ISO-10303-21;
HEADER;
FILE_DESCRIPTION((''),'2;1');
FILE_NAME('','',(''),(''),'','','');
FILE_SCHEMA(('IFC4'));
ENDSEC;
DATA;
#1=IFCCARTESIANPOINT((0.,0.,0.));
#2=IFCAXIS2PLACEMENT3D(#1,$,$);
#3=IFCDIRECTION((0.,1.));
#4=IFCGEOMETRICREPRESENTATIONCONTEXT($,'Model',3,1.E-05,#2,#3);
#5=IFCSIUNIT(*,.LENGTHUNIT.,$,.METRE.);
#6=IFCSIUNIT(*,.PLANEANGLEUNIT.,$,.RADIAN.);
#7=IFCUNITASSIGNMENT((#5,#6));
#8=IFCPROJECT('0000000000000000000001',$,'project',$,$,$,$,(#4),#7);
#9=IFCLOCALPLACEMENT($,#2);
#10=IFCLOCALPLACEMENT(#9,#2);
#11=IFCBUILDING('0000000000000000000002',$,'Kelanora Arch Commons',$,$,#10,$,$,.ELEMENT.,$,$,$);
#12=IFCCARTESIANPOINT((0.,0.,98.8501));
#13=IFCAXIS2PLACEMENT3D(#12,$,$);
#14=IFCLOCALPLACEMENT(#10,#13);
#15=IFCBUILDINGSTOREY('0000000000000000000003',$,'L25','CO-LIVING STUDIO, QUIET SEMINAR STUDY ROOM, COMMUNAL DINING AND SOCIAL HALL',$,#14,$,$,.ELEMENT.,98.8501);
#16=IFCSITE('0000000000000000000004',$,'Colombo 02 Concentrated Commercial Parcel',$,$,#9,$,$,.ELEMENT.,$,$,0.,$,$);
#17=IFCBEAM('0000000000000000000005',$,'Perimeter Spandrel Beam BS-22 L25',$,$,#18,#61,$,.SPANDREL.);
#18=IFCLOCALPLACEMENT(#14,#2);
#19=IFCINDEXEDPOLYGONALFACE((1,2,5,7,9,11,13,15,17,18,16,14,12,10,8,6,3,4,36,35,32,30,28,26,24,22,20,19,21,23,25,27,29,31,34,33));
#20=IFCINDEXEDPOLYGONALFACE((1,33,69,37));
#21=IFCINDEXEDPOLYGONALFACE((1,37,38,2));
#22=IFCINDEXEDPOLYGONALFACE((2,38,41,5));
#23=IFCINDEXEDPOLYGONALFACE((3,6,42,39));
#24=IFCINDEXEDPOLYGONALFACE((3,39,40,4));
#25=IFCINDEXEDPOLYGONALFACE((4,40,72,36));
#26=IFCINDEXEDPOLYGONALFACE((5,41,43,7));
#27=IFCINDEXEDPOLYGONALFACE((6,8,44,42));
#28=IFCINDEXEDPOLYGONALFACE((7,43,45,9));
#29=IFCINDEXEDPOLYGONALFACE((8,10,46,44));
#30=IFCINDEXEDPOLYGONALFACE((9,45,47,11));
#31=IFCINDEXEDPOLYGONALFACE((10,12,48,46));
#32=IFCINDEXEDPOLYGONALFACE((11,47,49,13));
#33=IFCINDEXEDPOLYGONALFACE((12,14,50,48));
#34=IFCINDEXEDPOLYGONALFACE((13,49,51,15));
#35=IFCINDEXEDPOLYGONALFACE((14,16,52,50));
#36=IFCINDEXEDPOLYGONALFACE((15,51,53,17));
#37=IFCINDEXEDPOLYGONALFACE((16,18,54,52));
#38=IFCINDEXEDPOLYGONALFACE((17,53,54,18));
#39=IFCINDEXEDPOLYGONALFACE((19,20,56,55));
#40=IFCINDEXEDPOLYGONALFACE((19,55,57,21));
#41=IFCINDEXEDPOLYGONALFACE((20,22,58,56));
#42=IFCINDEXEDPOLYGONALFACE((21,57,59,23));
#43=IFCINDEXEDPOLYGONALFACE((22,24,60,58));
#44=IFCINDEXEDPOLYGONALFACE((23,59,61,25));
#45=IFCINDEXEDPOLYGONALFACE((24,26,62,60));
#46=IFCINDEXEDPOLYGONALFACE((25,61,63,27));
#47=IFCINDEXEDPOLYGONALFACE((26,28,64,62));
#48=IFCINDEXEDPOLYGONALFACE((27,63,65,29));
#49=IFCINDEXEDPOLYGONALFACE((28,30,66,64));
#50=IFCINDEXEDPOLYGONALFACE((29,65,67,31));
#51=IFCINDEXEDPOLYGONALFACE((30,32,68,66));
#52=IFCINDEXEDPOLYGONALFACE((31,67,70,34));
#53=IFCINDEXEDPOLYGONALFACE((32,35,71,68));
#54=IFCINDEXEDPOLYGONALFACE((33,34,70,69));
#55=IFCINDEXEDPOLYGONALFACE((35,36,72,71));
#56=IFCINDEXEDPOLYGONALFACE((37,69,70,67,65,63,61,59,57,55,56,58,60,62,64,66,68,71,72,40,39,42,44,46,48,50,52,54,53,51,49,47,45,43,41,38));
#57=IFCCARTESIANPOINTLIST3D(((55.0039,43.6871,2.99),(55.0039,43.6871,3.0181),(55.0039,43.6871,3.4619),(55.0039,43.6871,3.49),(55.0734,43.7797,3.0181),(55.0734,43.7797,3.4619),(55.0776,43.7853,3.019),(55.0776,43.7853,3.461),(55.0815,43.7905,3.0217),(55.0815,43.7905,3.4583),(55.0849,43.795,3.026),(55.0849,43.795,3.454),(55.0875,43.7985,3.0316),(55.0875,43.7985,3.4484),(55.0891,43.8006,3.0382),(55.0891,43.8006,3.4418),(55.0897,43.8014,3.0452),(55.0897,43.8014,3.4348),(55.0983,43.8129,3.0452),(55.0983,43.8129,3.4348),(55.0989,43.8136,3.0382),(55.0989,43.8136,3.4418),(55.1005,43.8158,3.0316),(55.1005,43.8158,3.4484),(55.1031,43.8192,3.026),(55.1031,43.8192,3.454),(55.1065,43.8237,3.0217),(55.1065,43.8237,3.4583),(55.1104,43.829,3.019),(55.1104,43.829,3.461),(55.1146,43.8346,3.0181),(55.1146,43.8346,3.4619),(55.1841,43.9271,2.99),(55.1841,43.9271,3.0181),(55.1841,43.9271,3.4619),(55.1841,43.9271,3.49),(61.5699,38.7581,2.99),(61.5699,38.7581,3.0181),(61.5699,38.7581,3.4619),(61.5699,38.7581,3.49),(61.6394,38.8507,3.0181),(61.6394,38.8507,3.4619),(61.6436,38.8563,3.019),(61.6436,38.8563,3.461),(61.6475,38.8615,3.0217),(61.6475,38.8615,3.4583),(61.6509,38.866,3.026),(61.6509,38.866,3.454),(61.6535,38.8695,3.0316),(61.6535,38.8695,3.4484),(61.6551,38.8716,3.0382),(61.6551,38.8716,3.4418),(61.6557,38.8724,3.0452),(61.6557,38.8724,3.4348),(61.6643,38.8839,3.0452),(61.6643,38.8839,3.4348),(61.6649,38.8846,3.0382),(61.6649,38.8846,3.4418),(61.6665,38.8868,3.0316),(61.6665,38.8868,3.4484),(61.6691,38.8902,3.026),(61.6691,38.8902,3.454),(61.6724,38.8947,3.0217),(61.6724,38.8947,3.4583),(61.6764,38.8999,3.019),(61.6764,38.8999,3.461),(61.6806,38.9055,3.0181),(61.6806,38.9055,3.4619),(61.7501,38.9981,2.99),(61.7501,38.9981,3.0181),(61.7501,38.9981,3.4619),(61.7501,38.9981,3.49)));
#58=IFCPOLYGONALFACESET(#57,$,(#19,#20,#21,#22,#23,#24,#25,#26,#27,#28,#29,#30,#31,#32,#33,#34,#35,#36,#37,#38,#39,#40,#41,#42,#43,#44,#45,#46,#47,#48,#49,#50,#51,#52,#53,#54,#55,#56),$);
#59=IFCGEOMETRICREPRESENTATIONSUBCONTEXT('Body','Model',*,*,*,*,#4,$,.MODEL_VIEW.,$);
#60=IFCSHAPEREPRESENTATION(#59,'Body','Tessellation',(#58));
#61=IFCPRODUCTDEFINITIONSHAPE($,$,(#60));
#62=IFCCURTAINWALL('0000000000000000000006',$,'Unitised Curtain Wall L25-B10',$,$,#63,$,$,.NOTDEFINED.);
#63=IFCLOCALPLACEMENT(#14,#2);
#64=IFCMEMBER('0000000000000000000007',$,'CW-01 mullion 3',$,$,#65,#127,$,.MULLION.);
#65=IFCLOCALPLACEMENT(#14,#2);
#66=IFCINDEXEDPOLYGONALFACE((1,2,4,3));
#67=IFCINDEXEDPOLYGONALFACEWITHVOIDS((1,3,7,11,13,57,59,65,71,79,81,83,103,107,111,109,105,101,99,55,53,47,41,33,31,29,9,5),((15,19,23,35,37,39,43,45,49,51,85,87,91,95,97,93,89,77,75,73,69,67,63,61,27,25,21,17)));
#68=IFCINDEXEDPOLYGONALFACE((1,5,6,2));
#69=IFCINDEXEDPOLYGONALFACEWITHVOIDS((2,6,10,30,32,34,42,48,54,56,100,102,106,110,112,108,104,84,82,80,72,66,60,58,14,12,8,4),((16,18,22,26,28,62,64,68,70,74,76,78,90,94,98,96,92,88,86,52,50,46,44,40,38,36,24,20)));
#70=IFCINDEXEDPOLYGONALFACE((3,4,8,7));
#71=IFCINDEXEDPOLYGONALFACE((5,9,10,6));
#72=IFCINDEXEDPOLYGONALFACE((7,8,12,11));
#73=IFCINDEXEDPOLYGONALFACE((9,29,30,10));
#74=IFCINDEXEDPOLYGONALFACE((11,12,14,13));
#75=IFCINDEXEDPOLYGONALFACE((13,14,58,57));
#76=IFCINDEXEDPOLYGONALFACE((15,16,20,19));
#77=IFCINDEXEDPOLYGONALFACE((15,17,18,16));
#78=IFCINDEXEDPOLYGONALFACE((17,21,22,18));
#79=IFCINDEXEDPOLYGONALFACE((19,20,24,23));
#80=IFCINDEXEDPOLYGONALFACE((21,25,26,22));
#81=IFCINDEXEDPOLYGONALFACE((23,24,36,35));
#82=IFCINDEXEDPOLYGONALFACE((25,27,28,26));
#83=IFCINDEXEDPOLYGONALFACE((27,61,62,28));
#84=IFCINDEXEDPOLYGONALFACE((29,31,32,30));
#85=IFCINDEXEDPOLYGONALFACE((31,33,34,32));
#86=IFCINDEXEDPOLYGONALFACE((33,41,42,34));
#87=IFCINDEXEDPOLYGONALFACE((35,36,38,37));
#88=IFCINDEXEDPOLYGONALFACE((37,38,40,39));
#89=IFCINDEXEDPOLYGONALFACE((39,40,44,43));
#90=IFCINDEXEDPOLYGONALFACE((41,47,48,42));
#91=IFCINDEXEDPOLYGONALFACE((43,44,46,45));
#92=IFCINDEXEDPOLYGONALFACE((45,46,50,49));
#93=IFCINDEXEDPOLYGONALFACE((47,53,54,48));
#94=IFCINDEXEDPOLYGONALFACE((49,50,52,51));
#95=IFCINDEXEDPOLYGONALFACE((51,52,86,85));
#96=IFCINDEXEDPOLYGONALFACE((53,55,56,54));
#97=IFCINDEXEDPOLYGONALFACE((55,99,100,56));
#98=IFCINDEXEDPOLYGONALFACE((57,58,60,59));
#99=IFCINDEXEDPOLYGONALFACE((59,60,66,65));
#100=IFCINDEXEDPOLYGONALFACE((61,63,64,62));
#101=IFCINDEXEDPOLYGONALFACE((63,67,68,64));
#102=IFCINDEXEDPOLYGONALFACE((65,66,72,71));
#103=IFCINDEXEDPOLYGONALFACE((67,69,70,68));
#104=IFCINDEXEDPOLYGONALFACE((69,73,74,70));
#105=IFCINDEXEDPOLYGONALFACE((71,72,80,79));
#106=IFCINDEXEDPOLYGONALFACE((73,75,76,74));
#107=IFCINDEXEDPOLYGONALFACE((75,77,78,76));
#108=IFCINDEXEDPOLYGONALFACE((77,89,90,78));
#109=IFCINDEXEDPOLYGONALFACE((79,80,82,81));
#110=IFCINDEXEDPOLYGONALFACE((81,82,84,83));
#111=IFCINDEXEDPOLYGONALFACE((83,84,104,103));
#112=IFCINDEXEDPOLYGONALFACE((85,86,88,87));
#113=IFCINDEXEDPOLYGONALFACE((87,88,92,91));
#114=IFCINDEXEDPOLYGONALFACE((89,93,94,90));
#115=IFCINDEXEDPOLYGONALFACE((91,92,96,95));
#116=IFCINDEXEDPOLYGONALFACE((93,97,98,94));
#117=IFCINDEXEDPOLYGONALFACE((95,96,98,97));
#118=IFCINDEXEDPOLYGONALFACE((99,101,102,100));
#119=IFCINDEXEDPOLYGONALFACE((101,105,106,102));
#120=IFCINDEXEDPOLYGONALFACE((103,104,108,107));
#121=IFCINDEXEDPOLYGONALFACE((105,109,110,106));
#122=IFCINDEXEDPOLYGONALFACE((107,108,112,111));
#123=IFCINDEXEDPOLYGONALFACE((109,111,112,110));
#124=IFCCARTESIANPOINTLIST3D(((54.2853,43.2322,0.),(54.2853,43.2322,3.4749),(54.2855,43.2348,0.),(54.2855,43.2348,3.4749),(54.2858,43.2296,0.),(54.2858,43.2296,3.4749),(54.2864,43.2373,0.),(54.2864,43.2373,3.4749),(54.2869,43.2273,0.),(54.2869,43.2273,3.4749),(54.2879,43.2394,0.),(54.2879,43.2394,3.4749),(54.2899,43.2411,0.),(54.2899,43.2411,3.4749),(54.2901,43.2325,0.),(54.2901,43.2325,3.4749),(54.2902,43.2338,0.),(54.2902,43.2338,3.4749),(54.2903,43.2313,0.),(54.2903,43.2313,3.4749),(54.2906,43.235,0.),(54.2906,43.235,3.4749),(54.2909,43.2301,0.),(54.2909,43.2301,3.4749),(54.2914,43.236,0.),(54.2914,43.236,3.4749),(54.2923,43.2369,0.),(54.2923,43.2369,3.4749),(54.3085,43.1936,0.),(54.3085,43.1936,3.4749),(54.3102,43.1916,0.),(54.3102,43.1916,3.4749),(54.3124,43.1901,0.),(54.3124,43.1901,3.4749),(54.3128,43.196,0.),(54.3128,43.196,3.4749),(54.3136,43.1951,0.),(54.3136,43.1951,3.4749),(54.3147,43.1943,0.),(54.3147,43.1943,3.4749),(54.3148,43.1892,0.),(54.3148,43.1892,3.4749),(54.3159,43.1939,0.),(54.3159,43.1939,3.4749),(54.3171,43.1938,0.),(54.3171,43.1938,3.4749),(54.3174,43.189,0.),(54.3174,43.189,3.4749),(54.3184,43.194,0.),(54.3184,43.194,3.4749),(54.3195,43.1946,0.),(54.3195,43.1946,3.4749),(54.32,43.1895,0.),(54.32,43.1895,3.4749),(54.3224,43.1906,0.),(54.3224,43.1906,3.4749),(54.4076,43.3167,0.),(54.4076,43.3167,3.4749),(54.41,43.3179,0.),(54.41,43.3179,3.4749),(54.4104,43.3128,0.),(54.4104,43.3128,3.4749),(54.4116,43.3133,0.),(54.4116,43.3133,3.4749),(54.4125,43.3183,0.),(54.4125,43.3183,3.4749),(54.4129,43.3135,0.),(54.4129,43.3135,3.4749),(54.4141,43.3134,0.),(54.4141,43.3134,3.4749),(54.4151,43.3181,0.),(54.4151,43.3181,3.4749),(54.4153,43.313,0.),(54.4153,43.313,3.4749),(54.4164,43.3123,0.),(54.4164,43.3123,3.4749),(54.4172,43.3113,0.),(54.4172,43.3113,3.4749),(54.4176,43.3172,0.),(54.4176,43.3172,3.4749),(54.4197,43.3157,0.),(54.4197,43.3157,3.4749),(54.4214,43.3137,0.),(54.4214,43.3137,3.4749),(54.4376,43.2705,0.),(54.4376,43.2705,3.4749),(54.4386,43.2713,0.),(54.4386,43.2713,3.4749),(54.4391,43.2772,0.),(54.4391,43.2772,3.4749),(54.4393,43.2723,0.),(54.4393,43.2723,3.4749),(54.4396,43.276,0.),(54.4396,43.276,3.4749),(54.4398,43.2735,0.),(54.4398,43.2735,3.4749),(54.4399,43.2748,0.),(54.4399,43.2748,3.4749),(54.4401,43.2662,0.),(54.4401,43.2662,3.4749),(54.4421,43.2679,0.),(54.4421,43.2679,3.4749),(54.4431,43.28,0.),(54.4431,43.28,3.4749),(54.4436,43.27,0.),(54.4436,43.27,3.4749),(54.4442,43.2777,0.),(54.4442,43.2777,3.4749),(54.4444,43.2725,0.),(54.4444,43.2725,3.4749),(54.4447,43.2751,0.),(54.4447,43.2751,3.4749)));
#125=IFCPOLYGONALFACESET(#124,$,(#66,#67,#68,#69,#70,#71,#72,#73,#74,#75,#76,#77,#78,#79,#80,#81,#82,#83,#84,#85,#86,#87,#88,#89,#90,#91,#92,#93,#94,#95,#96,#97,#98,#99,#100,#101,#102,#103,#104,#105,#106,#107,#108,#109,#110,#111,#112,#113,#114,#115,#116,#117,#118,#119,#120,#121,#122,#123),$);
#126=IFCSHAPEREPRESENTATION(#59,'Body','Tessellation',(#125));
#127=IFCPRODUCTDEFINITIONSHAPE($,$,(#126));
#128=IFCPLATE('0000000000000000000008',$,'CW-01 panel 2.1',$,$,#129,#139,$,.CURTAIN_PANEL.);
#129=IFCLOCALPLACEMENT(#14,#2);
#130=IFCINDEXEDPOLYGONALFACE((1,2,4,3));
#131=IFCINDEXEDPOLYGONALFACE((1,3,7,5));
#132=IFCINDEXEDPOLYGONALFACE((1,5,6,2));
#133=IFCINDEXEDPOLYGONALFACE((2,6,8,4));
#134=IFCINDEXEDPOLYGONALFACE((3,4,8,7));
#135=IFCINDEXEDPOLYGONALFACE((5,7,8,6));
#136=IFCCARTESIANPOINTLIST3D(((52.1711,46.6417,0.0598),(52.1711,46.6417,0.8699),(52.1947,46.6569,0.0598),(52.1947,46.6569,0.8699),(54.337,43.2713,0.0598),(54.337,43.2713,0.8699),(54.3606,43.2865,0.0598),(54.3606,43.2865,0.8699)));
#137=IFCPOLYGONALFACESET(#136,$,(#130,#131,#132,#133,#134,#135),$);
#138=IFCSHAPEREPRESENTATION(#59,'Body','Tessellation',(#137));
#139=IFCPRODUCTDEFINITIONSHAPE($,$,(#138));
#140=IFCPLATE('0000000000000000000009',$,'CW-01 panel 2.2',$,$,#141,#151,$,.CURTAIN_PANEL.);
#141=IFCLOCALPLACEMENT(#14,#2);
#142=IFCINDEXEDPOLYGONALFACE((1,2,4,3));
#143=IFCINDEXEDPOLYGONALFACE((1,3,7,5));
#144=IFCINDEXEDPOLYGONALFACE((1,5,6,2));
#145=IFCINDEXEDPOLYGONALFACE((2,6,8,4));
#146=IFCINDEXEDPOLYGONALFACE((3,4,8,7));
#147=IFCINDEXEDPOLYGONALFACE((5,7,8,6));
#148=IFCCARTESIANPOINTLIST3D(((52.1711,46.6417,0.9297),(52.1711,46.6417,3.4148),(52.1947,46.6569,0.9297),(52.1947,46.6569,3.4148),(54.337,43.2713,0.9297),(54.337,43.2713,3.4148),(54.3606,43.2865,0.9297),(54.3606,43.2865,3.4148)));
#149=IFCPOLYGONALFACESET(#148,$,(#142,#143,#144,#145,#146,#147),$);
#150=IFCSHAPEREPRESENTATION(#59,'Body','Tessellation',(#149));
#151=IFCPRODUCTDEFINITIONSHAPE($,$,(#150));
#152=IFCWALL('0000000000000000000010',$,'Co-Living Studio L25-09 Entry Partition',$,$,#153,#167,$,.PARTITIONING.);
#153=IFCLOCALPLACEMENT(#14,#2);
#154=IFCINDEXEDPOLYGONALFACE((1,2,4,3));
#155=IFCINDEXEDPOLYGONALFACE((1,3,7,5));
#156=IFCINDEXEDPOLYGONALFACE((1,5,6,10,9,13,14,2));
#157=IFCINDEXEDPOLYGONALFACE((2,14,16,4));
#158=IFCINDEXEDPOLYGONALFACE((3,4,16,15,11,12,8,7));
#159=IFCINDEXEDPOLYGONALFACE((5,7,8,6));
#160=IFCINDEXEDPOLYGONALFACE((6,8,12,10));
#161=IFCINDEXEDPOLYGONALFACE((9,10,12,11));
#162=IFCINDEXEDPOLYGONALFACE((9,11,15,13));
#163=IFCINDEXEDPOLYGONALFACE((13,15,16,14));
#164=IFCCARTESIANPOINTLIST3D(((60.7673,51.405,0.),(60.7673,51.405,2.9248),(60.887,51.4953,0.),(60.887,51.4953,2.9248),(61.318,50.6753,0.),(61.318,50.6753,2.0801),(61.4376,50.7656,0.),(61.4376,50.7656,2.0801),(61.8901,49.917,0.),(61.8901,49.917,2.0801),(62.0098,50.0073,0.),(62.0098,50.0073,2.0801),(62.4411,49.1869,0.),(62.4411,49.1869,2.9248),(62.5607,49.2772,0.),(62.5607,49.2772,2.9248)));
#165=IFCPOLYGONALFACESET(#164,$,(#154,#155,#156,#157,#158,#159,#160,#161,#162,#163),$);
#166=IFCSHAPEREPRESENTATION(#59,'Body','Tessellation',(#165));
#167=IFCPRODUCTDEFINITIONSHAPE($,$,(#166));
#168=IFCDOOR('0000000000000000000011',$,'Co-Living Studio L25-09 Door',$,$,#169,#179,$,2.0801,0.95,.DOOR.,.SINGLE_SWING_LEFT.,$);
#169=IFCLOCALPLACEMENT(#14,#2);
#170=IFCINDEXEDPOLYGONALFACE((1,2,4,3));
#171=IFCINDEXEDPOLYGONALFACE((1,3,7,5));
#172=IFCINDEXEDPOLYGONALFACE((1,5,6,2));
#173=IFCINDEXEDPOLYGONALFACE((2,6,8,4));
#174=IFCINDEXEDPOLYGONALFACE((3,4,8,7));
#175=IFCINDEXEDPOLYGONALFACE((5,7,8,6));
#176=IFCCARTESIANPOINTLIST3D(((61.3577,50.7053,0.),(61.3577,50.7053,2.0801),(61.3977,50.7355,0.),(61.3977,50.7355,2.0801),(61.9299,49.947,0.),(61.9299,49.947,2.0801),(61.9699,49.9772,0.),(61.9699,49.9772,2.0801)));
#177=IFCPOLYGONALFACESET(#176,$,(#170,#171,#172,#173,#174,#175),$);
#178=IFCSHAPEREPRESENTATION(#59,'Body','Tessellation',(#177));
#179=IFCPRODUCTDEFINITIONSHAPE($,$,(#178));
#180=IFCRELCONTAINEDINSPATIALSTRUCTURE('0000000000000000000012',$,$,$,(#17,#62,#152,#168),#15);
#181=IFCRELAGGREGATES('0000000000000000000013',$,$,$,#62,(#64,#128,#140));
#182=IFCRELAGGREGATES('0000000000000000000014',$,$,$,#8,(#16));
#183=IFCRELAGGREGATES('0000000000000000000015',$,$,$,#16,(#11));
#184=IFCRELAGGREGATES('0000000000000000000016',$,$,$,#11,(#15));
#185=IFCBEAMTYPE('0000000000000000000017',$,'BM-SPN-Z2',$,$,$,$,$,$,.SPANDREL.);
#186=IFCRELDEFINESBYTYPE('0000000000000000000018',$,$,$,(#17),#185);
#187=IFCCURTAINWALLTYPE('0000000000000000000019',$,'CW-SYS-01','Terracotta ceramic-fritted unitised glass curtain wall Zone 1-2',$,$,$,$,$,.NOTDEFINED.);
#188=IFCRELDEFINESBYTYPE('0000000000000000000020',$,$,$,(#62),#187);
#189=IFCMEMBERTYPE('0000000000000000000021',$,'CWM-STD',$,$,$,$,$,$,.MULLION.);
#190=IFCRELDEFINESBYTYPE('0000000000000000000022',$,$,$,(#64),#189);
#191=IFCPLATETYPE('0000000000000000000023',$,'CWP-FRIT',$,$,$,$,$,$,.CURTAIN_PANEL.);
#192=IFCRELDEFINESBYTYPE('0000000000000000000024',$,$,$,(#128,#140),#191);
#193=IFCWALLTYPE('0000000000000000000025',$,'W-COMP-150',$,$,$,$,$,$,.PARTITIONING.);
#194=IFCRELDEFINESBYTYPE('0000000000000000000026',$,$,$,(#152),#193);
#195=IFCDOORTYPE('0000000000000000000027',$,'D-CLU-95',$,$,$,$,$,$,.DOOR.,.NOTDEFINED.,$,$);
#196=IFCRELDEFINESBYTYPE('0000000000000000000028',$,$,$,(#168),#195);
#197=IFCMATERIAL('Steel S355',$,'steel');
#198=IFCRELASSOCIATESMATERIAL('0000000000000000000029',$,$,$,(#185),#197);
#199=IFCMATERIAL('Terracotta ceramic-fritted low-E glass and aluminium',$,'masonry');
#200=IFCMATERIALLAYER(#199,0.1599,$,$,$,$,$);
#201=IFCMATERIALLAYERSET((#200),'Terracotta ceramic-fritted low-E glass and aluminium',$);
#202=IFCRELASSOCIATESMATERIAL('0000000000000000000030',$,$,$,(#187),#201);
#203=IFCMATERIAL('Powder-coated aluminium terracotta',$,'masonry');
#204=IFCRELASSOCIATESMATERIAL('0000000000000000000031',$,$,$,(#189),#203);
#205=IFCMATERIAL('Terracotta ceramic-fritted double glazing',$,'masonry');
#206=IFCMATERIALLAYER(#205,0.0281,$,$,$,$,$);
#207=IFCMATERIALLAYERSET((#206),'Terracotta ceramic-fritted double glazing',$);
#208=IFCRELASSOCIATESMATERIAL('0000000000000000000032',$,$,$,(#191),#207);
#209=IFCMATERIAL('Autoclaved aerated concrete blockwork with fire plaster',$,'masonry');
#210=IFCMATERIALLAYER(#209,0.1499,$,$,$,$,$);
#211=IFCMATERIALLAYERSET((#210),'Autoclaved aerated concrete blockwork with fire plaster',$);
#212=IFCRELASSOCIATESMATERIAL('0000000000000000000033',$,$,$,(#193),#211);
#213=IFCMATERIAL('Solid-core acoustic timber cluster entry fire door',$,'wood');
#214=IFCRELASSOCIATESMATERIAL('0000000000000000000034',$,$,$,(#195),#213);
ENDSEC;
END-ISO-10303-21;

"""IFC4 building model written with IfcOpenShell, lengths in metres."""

from ifc_helpers import new_model, si_unit, direction, frame, frame_2d, origin, origin_2d, place, context, subcontext, project, spatial, rectangle, hollow_rectangle, i_section, extrude, source, transform, mapped, material, layer, layer_set, material_profile, profile_set, type_object, element, fill, aggregate, save


model = new_model("IFC4")

# Units and contexts
model_context = context("Model", 3, precision=1e-05, world=origin(), true_north=direction((0.0, 1.0)))
body_context = subcontext(model_context, "Body", "Model", "MODEL_VIEW")
ifc_project = project(units=[si_unit("LENGTHUNIT", "METRE"), si_unit("PLANEANGLEUNIT", "RADIAN")], contexts=[model_context])

# Site, building, storey
site_placement = place(None, origin())
site = spatial("IfcSite", under=ifc_project, at=site_placement, Name="Colombo 02 Concentrated Commercial Parcel", CompositionType="ELEMENT", RefElevation=0.0)
building_placement = place(site_placement, origin())
building = spatial("IfcBuilding", under=site, at=building_placement, Name="Kelanora Arch Commons", CompositionType="ELEMENT")
storey_placement = place(building_placement, frame((0.0, 0.0, 98.8501)))
storey = spatial("IfcBuildingStorey", under=building, at=storey_placement, Name="L25", Description="CO-LIVING STUDIO, QUIET SEMINAR STUDY ROOM, COMMUNAL DINING AND SOCIAL HALL", CompositionType="ELEMENT", Elevation=98.8501)

# Beam
ifc_material_1 = material(Name="Steel S355", Category="steel")
ifc_material_profile_1 = material_profile(ifc_material_1, i_section(OverallWidth=0.3, OverallDepth=0.5, WebThickness=0.0144, FlangeThickness=0.0281, FilletRadius=0.0271, at=origin_2d()), Name="HEB500")
ifc_profile_set_1 = profile_set([ifc_material_profile_1], Name="Steel S355")
beam_type_1 = type_object("IfcBeamType", Name="BM-SPN-Z2", PredefinedType="SPANDREL", material=ifc_profile_set_1)
beam_1_placement = place(storey_placement, frame((55.094, 43.8071, 3.24), z_axis=(0.799736, -0.600352, 0.0), x_axis=(0.600352, 0.799736, 0.0)))
element("IfcBeam", 1, at=beam_1_placement, inside=storey, type_object=beam_type_1, Name="Perimeter Spandrel Beam BS-22 L25", PredefinedType="SPANDREL", context=body_context, shape_type="SweptSolid", body=[
    extrude(i_section(OverallWidth=0.3, OverallDepth=0.5, WebThickness=0.0144, FlangeThickness=0.0281, FilletRadius=0.0271, at=origin_2d()), origin(), (0.0, 0.0, 1.0), 8.2102),
])

# Curtain wall, member, plates
ifc_material_2 = material(Name="Terracotta ceramic-fritted low-E glass and aluminium", Category="masonry")
ifc_layer_1 = layer(ifc_material_2, 0.1599)
ifc_layer_set_1 = layer_set([ifc_layer_1], Name="Terracotta ceramic-fritted low-E glass and aluminium")
curtain_wall_type = type_object("IfcCurtainWallType", Name="CW-SYS-01", Description="Terracotta ceramic-fritted unitised glass curtain wall Zone 1-2", PredefinedType="NOTDEFINED", material=ifc_layer_set_1)
curtain_wall_placement = place(storey_placement, origin())
curtain_wall = element("IfcCurtainWall", 2, at=curtain_wall_placement, inside=storey, type_object=curtain_wall_type, Name="Unitised Curtain Wall L25-B10", PredefinedType="NOTDEFINED")
ifc_material_3 = material(Name="Powder-coated aluminium terracotta", Category="masonry")
ifc_material_profile_2 = material_profile(ifc_material_3, hollow_rectangle(XDim=0.1599, YDim=0.0601, WallThickness=0.0049, InnerFilletRadius=0.0049, OuterFilletRadius=0.01, at=origin_2d()), Name="CWM160x60")
ifc_profile_set_2 = profile_set([ifc_material_profile_2], Name="Powder-coated aluminium terracotta")
member_type = type_object("IfcMemberType", Name="CWM-STD", PredefinedType="MULLION", material=ifc_profile_set_2)
member_placement = place(storey_placement, frame((54.365, 43.2537, 0.0), z_axis=(0.0, 0.0, 1.0), x_axis=(0.841269, 0.540617, 0.0)))
member = element("IfcMember", 3, at=member_placement, type_object=member_type, Name="CW-01 mullion 3", PredefinedType="MULLION", context=body_context, shape_type="SweptSolid", body=[
    extrude(hollow_rectangle(XDim=0.1599, YDim=0.0601, WallThickness=0.0049, InnerFilletRadius=0.0049, OuterFilletRadius=0.01, at=origin_2d()), origin(), (0.0, 0.0, 1.0), 3.4749),
])
ifc_material_4 = material(Name="Terracotta ceramic-fritted double glazing", Category="masonry")
ifc_layer_2 = layer(ifc_material_4, 0.0281)
ifc_layer_set_2 = layer_set([ifc_layer_2], Name="Terracotta ceramic-fritted double glazing")
plate_type = type_object("IfcPlateType", Name="CWP-FRIT", PredefinedType="CURTAIN_PANEL", material=ifc_layer_set_2)
shared_shape_1 = source(origin(), body_context, "Body", "SweptSolid", [
    extrude(rectangle(XDim=4.0063, YDim=0.0281, at=origin_2d()), origin(), (0.0, 0.0, 1.0), 0.8101),
])
plate_1_placement = place(storey_placement, frame((53.2659, 44.9641, 0.0598), z_axis=(0.0, 0.0, 1.0), x_axis=(0.540617, -0.841269, 0.0)))
plate_1 = element("IfcPlate", 4, at=plate_1_placement, type_object=plate_type, Name="CW-01 panel 2.1", PredefinedType="CURTAIN_PANEL", context=body_context, shape_type="MappedRepresentation", body=[
    mapped(shared_shape_1, transform((0.0, 0.0, 0.0), scale=1.0)),
])
shared_shape_2 = source(origin(), body_context, "Body", "SweptSolid", [
    extrude(rectangle(XDim=4.0063, YDim=0.0281, at=origin_2d()), origin(), (0.0, 0.0, 1.0), 2.4851),
])
plate_2_placement = place(storey_placement, frame((53.2659, 44.9641, 0.9297), z_axis=(0.0, 0.0, 1.0), x_axis=(0.540617, -0.841269, 0.0)))
plate_2 = element("IfcPlate", 5, at=plate_2_placement, type_object=plate_type, Name="CW-01 panel 2.2", PredefinedType="CURTAIN_PANEL", context=body_context, shape_type="MappedRepresentation", body=[
    mapped(shared_shape_2, transform((0.0, 0.0, 0.0), scale=1.0)),
])
aggregate(curtain_wall, [member, plate_1, plate_2])

# Wall, opening, door
ifc_material_5 = material(Name="Autoclaved aerated concrete blockwork with fire plaster", Category="masonry")
ifc_layer_3 = layer(ifc_material_5, 0.1499)
ifc_layer_set_3 = layer_set([ifc_layer_3], Name="Autoclaved aerated concrete blockwork with fire plaster")
wall_type_1 = type_object("IfcWallType", Name="W-COMP-150", PredefinedType="PARTITIONING", material=ifc_layer_set_3)
wall_1_placement = place(storey_placement, frame((60.8271, 51.4502, 0.0), z_axis=(0.0, 0.0, 1.0), x_axis=(0.602331, -0.798247, 0.0)))
wall_1 = element("IfcWall", 6, at=wall_1_placement, inside=storey, type_object=wall_type_1, Name="Co-Living Studio L25-09 Entry Partition", PredefinedType="PARTITIONING", context=body_context, shape_type="SweptSolid", body=[
    extrude(rectangle(XDim=2.7788, YDim=0.1499, at=frame_2d((1.3894, 0.0))), origin(), (0.0, 0.0, 1.0), 2.9248),
])
opening_1_placement = place(wall_1_placement, frame((0.9141, 0.0, 0.0)))
opening_1 = element("IfcOpeningElement", 7, at=opening_1_placement, cuts=wall_1, PredefinedType="OPENING", context=body_context, shape_type="SweptSolid", body=[
    extrude(rectangle(XDim=0.95, YDim=2.0801, at=frame_2d((0.4751, 1.04))), frame((0.0, 0.085, 0.0), z_axis=(0.0, -1.0, 0.0), x_axis=(1.0, 0.0, 0.0)), (0.0, 0.0, 1.0), 0.1699),
])
ifc_material_6 = material(Name="Solid-core acoustic timber cluster entry fire door", Category="wood")
door_type_1 = type_object("IfcDoorType", Name="D-CLU-95", OperationType="NOTDEFINED", PredefinedType="DOOR", material=ifc_material_6)
door_1_placement = place(opening_1_placement, origin())
door_1 = element("IfcDoor", 8, at=door_1_placement, inside=storey, type_object=door_type_1, Name="Co-Living Studio L25-09 Door", OperationType="SINGLE_SWING_LEFT", OverallHeight=2.0801, OverallWidth=0.95, PredefinedType="DOOR", context=body_context, shape_type="SweptSolid", body=[
    extrude(rectangle(XDim=0.95, YDim=2.0801, at=frame_2d((0.4751, 1.04))), frame((0.0, 0.0249, 0.0), z_axis=(0.0, -1.0, 0.0), x_axis=(1.0, 0.0, 0.0)), (0.0, 0.0, 1.0), 0.05),
])
fill(opening_1, door_1)

save(model, "model.ifc")
